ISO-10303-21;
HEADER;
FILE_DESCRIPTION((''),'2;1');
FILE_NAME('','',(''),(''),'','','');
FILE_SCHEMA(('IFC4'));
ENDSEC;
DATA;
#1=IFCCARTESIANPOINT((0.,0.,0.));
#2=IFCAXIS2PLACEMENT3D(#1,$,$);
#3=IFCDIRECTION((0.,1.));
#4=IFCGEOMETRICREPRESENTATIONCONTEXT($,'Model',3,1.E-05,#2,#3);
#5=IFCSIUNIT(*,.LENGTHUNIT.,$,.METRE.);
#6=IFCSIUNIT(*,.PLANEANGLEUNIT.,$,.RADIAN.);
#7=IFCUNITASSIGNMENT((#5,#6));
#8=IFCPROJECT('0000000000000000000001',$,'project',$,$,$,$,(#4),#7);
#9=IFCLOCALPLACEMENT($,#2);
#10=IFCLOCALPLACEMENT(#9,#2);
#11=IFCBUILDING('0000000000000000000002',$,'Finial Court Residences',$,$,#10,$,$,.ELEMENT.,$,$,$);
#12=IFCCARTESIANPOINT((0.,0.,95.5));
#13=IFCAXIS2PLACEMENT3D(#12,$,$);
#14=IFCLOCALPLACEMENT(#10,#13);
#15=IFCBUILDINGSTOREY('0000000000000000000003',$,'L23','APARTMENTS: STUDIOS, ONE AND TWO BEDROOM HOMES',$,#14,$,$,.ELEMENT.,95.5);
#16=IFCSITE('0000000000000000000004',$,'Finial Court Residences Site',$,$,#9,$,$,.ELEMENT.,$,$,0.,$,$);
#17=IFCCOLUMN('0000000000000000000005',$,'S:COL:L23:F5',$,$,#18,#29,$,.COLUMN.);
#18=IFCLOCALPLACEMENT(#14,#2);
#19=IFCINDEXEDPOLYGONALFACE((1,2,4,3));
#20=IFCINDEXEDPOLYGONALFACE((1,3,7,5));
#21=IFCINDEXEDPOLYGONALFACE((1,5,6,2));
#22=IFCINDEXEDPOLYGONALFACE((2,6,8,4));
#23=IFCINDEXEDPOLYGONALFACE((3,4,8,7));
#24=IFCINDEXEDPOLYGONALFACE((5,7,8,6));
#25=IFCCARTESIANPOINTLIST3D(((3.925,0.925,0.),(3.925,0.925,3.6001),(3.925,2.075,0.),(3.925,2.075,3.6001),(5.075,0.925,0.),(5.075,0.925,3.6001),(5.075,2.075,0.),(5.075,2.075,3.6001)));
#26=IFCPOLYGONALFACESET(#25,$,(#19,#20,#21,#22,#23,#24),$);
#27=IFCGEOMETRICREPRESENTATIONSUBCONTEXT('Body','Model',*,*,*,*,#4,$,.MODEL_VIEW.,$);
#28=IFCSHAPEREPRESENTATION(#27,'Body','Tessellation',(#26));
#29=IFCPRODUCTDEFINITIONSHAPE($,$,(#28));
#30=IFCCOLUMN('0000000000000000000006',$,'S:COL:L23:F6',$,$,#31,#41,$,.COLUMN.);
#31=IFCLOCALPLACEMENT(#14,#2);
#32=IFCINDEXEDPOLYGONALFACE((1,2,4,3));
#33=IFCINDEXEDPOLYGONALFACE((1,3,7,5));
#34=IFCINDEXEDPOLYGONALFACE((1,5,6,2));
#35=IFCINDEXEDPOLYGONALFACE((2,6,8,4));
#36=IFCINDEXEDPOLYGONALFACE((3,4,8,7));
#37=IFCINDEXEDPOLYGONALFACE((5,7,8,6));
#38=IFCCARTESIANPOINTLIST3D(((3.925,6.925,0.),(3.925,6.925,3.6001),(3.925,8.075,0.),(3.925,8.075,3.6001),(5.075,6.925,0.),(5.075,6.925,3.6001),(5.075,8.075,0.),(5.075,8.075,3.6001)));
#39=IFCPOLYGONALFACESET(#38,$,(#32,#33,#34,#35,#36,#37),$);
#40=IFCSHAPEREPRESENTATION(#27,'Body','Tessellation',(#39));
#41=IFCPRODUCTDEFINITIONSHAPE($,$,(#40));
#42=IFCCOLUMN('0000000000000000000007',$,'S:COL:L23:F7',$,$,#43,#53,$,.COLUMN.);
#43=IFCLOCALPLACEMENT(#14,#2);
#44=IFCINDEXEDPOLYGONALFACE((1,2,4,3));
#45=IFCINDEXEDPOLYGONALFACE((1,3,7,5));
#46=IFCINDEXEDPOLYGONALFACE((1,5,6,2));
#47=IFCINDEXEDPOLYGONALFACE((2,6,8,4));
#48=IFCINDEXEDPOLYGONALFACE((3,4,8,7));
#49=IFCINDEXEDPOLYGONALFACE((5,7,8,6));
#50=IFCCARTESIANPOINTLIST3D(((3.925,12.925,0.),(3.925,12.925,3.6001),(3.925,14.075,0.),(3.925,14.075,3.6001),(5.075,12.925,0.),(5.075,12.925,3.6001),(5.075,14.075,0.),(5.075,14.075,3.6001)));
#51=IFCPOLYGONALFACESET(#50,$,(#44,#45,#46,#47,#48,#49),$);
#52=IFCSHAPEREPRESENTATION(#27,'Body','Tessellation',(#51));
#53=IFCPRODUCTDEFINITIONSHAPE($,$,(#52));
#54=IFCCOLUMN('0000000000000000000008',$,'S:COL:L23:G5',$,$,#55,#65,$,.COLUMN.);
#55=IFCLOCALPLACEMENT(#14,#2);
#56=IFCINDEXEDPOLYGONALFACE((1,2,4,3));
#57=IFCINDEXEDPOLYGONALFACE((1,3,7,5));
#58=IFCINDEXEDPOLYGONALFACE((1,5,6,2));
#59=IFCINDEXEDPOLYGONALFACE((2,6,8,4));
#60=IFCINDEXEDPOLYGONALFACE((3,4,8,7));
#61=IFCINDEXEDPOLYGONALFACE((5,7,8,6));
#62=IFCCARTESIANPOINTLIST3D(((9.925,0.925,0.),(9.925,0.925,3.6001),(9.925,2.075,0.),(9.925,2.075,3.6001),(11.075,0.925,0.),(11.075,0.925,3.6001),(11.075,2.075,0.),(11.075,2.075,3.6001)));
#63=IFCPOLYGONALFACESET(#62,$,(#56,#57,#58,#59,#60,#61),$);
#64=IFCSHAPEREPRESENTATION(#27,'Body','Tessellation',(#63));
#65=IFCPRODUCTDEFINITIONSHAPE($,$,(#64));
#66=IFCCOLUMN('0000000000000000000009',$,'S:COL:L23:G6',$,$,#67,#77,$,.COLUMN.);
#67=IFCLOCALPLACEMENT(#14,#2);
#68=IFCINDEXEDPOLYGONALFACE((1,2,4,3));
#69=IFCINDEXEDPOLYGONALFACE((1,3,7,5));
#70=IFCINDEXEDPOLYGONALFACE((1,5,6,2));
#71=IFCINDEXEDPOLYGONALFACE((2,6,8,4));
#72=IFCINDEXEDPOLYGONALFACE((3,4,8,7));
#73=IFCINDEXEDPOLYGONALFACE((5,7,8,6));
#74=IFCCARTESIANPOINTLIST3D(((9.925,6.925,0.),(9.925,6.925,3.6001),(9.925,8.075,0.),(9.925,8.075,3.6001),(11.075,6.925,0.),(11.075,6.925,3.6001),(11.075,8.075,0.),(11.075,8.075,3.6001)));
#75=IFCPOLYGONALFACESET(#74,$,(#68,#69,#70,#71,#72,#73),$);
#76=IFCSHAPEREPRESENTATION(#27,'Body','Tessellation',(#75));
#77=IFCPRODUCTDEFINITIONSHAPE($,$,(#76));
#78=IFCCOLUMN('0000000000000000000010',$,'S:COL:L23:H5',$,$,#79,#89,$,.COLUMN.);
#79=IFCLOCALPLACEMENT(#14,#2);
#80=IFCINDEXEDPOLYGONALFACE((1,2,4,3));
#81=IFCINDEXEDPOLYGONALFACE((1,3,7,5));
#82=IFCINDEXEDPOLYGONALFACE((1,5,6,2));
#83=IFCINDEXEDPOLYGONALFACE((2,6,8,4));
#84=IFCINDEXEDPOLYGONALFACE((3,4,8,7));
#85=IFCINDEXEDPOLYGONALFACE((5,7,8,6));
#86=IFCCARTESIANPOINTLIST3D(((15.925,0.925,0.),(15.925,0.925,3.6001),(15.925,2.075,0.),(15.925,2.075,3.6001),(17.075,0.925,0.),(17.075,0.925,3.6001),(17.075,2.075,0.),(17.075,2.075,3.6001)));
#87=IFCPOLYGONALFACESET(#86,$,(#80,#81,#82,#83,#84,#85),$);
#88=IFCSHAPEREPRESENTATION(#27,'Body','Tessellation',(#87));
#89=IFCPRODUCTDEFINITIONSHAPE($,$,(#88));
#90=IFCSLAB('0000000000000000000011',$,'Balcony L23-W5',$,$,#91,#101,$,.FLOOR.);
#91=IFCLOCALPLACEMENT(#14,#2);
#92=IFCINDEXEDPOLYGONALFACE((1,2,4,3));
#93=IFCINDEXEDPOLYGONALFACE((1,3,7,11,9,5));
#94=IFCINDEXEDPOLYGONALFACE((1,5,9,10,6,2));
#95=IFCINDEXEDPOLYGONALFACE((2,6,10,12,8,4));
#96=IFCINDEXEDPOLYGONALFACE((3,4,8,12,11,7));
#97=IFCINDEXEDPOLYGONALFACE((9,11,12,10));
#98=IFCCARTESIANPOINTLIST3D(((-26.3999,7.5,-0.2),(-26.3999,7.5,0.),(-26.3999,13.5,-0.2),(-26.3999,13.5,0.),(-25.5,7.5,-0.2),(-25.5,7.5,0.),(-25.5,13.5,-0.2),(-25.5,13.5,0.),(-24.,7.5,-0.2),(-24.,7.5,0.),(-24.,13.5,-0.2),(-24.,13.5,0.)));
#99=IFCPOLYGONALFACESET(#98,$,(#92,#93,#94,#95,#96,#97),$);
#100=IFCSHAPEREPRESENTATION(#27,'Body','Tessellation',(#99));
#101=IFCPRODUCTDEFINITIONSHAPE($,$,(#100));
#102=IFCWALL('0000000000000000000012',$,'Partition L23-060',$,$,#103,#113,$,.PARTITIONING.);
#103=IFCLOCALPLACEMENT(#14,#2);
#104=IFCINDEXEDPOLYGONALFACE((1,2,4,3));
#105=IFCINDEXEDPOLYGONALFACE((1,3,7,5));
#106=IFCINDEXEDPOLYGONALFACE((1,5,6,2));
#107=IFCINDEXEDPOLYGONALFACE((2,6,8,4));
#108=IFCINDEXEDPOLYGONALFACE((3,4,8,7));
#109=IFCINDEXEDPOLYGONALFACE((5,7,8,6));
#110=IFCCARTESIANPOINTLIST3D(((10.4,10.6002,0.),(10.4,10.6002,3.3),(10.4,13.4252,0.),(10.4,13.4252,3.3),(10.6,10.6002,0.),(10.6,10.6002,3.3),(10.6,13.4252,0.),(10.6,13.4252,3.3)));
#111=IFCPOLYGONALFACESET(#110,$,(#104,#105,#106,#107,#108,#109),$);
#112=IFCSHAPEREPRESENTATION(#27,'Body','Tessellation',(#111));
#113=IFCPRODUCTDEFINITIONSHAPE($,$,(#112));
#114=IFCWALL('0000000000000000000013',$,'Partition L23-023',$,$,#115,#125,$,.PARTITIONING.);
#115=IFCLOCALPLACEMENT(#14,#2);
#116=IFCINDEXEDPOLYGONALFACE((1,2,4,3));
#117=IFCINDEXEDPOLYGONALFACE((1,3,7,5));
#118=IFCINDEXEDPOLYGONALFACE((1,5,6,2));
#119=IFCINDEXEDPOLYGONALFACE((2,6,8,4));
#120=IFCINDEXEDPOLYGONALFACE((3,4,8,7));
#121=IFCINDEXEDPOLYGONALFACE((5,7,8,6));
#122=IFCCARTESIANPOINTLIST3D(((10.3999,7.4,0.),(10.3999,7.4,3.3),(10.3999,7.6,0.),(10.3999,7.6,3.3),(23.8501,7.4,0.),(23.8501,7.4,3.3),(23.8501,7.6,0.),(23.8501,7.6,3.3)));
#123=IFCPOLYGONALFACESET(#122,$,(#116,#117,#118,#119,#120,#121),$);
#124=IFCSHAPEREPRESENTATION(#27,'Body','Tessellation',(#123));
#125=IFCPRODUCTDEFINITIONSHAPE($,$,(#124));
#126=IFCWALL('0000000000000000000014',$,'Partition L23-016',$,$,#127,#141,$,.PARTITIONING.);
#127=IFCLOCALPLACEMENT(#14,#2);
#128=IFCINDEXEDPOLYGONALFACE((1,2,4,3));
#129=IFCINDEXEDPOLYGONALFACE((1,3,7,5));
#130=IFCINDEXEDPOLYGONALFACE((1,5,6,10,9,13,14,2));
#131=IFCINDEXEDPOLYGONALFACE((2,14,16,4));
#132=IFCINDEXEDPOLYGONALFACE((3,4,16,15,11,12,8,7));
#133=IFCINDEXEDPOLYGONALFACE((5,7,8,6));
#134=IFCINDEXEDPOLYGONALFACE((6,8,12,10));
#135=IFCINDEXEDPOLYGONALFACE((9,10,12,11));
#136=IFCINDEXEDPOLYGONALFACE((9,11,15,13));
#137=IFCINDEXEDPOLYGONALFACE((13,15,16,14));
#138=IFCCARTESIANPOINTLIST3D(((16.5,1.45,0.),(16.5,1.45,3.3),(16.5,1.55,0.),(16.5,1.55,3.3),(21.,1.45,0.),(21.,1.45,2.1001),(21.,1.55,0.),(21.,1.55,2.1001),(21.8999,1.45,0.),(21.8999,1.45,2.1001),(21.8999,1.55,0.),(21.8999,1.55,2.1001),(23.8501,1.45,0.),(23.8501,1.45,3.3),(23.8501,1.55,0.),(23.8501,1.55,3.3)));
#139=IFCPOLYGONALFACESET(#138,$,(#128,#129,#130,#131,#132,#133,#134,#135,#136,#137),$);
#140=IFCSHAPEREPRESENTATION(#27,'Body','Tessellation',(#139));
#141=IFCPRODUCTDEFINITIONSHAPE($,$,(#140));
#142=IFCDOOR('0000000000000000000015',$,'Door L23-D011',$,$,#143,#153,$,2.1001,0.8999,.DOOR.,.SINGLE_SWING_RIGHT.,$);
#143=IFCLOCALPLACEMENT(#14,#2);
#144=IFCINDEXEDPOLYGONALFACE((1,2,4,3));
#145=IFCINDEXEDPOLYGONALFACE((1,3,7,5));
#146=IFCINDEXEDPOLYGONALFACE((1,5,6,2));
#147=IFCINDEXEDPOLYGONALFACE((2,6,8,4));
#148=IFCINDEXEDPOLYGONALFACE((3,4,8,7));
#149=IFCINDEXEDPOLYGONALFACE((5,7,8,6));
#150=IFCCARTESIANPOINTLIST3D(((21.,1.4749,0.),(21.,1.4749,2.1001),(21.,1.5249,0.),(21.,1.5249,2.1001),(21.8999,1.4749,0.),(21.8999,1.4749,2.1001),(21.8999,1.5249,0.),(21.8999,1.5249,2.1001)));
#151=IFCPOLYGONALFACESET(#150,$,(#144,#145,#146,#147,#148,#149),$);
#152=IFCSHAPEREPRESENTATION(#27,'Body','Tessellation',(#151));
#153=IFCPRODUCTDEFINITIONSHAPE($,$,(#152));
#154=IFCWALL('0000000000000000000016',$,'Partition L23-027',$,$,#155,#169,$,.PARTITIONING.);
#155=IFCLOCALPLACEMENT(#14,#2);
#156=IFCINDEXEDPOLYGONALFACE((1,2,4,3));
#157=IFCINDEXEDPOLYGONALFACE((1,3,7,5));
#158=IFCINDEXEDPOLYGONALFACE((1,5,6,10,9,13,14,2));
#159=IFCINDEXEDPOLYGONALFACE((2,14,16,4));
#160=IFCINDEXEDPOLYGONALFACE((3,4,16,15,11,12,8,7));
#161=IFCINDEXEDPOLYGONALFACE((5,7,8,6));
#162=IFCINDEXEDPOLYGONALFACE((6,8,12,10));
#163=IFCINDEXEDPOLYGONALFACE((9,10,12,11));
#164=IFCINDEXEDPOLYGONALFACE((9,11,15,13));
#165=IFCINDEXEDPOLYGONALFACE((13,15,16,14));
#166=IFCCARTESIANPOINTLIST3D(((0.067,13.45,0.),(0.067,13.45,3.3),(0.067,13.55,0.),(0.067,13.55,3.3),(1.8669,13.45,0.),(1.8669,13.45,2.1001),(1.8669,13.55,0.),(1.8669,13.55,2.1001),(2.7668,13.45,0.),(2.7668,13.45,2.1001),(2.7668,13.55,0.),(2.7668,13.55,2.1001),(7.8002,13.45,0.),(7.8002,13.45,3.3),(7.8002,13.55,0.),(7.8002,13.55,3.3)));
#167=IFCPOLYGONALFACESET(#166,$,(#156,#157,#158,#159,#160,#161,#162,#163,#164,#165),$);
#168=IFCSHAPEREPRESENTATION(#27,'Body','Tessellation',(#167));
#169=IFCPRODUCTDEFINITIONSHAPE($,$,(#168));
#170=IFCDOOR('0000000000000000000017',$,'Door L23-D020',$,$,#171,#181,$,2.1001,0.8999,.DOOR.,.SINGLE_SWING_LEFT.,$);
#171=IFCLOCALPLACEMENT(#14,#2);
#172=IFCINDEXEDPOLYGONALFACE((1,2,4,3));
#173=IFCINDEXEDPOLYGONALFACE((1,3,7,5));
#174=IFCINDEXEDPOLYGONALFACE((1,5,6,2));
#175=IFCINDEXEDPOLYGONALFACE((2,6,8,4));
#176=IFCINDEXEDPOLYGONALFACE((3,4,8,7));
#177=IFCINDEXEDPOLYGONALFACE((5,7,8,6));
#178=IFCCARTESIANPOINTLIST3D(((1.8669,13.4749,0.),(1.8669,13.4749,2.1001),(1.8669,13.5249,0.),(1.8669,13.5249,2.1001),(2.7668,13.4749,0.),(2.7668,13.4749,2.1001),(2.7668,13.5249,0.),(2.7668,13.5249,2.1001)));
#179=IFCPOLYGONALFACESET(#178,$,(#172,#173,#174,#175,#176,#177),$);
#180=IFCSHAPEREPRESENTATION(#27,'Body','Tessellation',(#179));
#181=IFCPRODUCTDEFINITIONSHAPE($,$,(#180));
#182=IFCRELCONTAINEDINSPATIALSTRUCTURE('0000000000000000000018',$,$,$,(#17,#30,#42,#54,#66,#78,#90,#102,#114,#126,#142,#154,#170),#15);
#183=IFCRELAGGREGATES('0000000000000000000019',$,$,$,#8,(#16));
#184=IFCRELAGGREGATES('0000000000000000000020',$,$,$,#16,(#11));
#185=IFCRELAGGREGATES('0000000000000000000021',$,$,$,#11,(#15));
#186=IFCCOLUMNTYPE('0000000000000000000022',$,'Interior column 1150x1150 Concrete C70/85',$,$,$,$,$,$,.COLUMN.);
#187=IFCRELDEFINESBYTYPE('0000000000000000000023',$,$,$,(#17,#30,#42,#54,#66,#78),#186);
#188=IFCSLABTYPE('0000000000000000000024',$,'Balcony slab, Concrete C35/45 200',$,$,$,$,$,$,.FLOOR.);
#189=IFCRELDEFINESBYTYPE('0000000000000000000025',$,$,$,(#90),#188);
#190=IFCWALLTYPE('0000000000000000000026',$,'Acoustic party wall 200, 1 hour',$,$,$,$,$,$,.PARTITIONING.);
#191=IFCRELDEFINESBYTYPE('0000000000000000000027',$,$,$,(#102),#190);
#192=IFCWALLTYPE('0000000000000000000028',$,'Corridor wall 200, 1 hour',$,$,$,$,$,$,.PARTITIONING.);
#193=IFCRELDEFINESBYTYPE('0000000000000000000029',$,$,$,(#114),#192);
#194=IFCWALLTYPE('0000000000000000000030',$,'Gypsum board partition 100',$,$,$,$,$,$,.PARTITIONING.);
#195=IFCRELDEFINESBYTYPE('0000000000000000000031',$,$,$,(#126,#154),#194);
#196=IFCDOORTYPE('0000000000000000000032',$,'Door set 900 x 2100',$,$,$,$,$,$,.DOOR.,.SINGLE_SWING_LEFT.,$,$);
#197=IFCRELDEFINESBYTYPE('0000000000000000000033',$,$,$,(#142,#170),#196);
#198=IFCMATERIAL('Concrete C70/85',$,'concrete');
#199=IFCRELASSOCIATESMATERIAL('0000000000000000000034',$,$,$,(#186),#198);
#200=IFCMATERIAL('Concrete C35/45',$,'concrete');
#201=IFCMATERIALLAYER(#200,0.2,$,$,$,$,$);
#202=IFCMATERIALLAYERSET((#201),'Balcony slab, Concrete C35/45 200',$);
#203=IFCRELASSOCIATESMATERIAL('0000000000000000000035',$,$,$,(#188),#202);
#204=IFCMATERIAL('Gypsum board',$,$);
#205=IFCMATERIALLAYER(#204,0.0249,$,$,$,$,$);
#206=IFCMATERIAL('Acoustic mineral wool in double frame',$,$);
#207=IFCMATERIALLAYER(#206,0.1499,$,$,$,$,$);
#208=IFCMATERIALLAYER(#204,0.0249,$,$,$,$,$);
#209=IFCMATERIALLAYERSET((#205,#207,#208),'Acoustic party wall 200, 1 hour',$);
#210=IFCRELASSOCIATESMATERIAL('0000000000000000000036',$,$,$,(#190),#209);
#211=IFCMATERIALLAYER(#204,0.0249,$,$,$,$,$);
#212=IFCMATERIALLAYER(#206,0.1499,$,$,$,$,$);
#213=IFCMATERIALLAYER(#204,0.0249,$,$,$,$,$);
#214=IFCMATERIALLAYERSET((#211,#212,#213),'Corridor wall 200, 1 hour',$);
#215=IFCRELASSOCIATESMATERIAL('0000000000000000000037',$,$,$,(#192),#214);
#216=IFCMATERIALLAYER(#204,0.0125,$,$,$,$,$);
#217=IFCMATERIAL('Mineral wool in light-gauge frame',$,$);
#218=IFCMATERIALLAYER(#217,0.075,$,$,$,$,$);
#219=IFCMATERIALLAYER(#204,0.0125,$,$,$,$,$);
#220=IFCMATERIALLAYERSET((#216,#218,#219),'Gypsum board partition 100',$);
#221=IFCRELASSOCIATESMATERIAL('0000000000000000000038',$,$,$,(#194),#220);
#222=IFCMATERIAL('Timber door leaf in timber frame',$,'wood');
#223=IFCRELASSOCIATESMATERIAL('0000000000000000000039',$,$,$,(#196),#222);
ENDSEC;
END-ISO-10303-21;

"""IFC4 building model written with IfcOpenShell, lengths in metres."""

from ifc_helpers import new_model, si_unit, direction, frame, frame_2d, origin, origin_2d, place, context, subcontext, project, spatial, polyline, rectangle, outline, extrude, material, layer, layer_set, material_profile, profile_set, type_object, element, fill, save


model = new_model("IFC4")

# Units and contexts
model_context = context("Model", 3, precision=1e-05, world=origin(), true_north=direction((0.0, 1.0)))
body_context = subcontext(model_context, "Body", "Model", "MODEL_VIEW")
ifc_project = project(units=[si_unit("LENGTHUNIT", "METRE"), si_unit("PLANEANGLEUNIT", "RADIAN")], contexts=[model_context])

# Site, building, storey
site_placement = place(None, origin())
site = spatial("IfcSite", under=ifc_project, at=site_placement, Name="Finial Court Residences Site", CompositionType="ELEMENT", RefElevation=0.0)
building_placement = place(site_placement, origin())
building = spatial("IfcBuilding", under=site, at=building_placement, Name="Finial Court Residences", CompositionType="ELEMENT")
storey_placement = place(building_placement, frame((0.0, 0.0, 95.5)))
storey = spatial("IfcBuildingStorey", under=building, at=storey_placement, Name="L23", Description="APARTMENTS: STUDIOS, ONE AND TWO BEDROOM HOMES", CompositionType="ELEMENT", Elevation=95.5)

# Columns
ifc_material_1 = material(Name="Concrete C70/85", Category="concrete")
ifc_material_profile = material_profile(ifc_material_1, rectangle(XDim=1.1499, YDim=1.1499, at=origin_2d()), Name="1150x1150")
ifc_profile_set = profile_set([ifc_material_profile], Name="Concrete C70/85")
column_type = type_object("IfcColumnType", Name="Interior column 1150x1150 Concrete C70/85", PredefinedType="COLUMN", material=ifc_profile_set)
for number, where, z_axis, x_axis, name in (
    (1, (4.5, 1.5, 0.0), (0.0, 0.0, 1.0), (1.0, 0.0, 0.0), "S:COL:L23:F5"),
    (2, (4.5, 7.5, 0.0), (0.0, 0.0, 1.0), (1.0, 0.0, 0.0), "S:COL:L23:F6"),
    (3, (4.5, 13.5, 0.0), (0.0, 0.0, 1.0), (1.0, 0.0, 0.0), "S:COL:L23:F7"),
    (4, (10.5, 1.5, 0.0), (0.0, 0.0, 1.0), (1.0, 0.0, 0.0), "S:COL:L23:G5"),
    (5, (10.5, 7.5, 0.0), (0.0, 0.0, 1.0), (1.0, 0.0, 0.0), "S:COL:L23:G6"),
    (6, (16.5, 1.5, 0.0), (0.0, 0.0, 1.0), (1.0, 0.0, 0.0), "S:COL:L23:H5"),
):
    element("IfcColumn", number, at=place(storey_placement, frame(where, z_axis=z_axis, x_axis=x_axis)), inside=storey, type_object=column_type, Name=name, PredefinedType="COLUMN", context=body_context, shape_type="SweptSolid", body=[
        extrude(rectangle(XDim=1.1499, YDim=1.1499, at=origin_2d()), origin(), (0.0, 0.0, 1.0), 3.6001),
    ])

# Slab
ifc_material_2 = material(Name="Concrete C35/45", Category="concrete")
ifc_layer_1 = layer(ifc_material_2, 0.2)
ifc_layer_set_1 = layer_set([ifc_layer_1], Name="Balcony slab, Concrete C35/45 200")
slab_type = type_object("IfcSlabType", Name="Balcony slab, Concrete C35/45 200", PredefinedType="FLOOR", material=ifc_layer_set_1)
slab_placement = place(storey_placement, frame((0.0, 0.0, -0.2)))
element("IfcSlab", 7, at=slab_placement, inside=storey, type_object=slab_type, Name="Balcony L23-W5", PredefinedType="FLOOR", context=body_context, shape_type="SweptSolid", body=[
    extrude(outline(polyline([(-26.3999, 13.5), (-25.5, 13.5), (-24.0, 13.5), (-24.0, 7.5), (-25.5, 7.5), (-26.3999, 7.5), (-26.3999, 13.5)])), origin(), (0.0, 0.0, 1.0), 0.2),
])

# Walls
ifc_material_3 = material(Name="Gypsum board")
ifc_layer_2 = layer(ifc_material_3, 0.0249)
ifc_material_4 = material(Name="Acoustic mineral wool in double frame")
ifc_layer_3 = layer(ifc_material_4, 0.1499)
ifc_layer_4 = layer(ifc_material_3, 0.0249)
ifc_layer_set_2 = layer_set([ifc_layer_2, ifc_layer_3, ifc_layer_4], Name="Acoustic party wall 200, 1 hour")
wall_type_1 = type_object("IfcWallType", Name="Acoustic party wall 200, 1 hour", PredefinedType="PARTITIONING", material=ifc_layer_set_2)
wall_1_placement = place(storey_placement, frame((10.5, 10.6001, 0.0), z_axis=(0.0, 0.0, 1.0), x_axis=(0.0, 1.0, 0.0)))
element("IfcWall", 8, at=wall_1_placement, inside=storey, type_object=wall_type_1, Name="Partition L23-060", PredefinedType="PARTITIONING", context=body_context, shape_type="SweptSolid", body=[
    extrude(rectangle(XDim=2.825, YDim=0.2, at=frame_2d((1.4126, 0.0))), origin(), (0.0, 0.0, 1.0), 3.3),
])
ifc_layer_5 = layer(ifc_material_3, 0.0249)
ifc_layer_6 = layer(ifc_material_4, 0.1499)
ifc_layer_7 = layer(ifc_material_3, 0.0249)
ifc_layer_set_3 = layer_set([ifc_layer_5, ifc_layer_6, ifc_layer_7], Name="Corridor wall 200, 1 hour")
wall_type_2 = type_object("IfcWallType", Name="Corridor wall 200, 1 hour", PredefinedType="PARTITIONING", material=ifc_layer_set_3)
wall_2_placement = place(storey_placement, frame((10.3999, 7.5, 0.0), z_axis=(0.0, 0.0, 1.0), x_axis=(1.0, 0.0, 0.0)))
element("IfcWall", 9, at=wall_2_placement, inside=storey, type_object=wall_type_2, Name="Partition L23-023", PredefinedType="PARTITIONING", context=body_context, shape_type="SweptSolid", body=[
    extrude(rectangle(XDim=13.4502, YDim=0.2, at=frame_2d((6.7251, 0.0))), origin(), (0.0, 0.0, 1.0), 3.3),
])

# Walls, openings, doors
ifc_layer_8 = layer(ifc_material_3, 0.0125)
ifc_material_5 = material(Name="Mineral wool in light-gauge frame")
ifc_layer_9 = layer(ifc_material_5, 0.075)
ifc_layer_10 = layer(ifc_material_3, 0.0125)
ifc_layer_set_4 = layer_set([ifc_layer_8, ifc_layer_9, ifc_layer_10], Name="Gypsum board partition 100")
wall_type_3 = type_object("IfcWallType", Name="Gypsum board partition 100", PredefinedType="PARTITIONING", material=ifc_layer_set_4)
wall_3_placement = place(storey_placement, frame((16.5, 1.5, 0.0), z_axis=(0.0, 0.0, 1.0), x_axis=(1.0, 0.0, 0.0)))
wall_3 = element("IfcWall", 10, at=wall_3_placement, inside=storey, type_object=wall_type_3, Name="Partition L23-016", PredefinedType="PARTITIONING", context=body_context, shape_type="SweptSolid", body=[
    extrude(rectangle(XDim=7.3501, YDim=0.1001, at=frame_2d((3.675, 0.0))), origin(), (0.0, 0.0, 1.0), 3.3),
])
opening_1_placement = place(wall_3_placement, frame((4.5, 0.0, 0.0)))
opening_1 = element("IfcOpeningElement", 11, at=opening_1_placement, cuts=wall_3, PredefinedType="OPENING", context=body_context, shape_type="SweptSolid", body=[
    extrude(rectangle(XDim=0.8999, YDim=2.1001, at=frame_2d((0.45, 1.05))), frame((0.0, 0.0601, 0.0), z_axis=(0.0, -1.0, 0.0), x_axis=(1.0, 0.0, 0.0)), (0.0, 0.0, 1.0), 0.1201),
])
ifc_material_6 = material(Name="Timber door leaf in timber frame", Category="wood")
door_type = type_object("IfcDoorType", Name="Door set 900 x 2100", OperationType="SINGLE_SWING_LEFT", PredefinedType="DOOR", material=ifc_material_6)
door_1_placement = place(opening_1_placement, origin())
door_1 = element("IfcDoor", 12, at=door_1_placement, inside=storey, type_object=door_type, Name="Door L23-D011", OperationType="SINGLE_SWING_RIGHT", OverallHeight=2.1001, OverallWidth=0.8999, PredefinedType="DOOR", context=body_context, shape_type="SweptSolid", body=[
    extrude(rectangle(XDim=0.8999, YDim=2.1001, at=frame_2d((0.45, 1.05))), frame((0.0, 0.0249, 0.0), z_axis=(0.0, -1.0, 0.0), x_axis=(1.0, 0.0, 0.0)), (0.0, 0.0, 1.0), 0.05),
])
fill(opening_1, door_1)
wall_4_placement = place(storey_placement, frame((0.0669, 13.5, 0.0), z_axis=(0.0, 0.0, 1.0), x_axis=(1.0, 0.0, 0.0)))
wall_4 = element("IfcWall", 13, at=wall_4_placement, inside=storey, type_object=wall_type_3, Name="Partition L23-027", PredefinedType="PARTITIONING", context=body_context, shape_type="SweptSolid", body=[
    extrude(rectangle(XDim=7.7332, YDim=0.1001, at=frame_2d((3.8667, 0.0))), origin(), (0.0, 0.0, 1.0), 3.3),
])
opening_2_placement = place(wall_4_placement, frame((1.8, 0.0, 0.0)))
opening_2 = element("IfcOpeningElement", 14, at=opening_2_placement, cuts=wall_4, PredefinedType="OPENING", context=body_context, shape_type="SweptSolid", body=[
    extrude(rectangle(XDim=0.8999, YDim=2.1001, at=frame_2d((0.45, 1.05))), frame((0.0, 0.0601, 0.0), z_axis=(0.0, -1.0, 0.0), x_axis=(1.0, 0.0, 0.0)), (0.0, 0.0, 1.0), 0.1201),
])
door_2_placement = place(opening_2_placement, origin())
door_2 = element("IfcDoor", 15, at=door_2_placement, inside=storey, type_object=door_type, Name="Door L23-D020", OperationType="SINGLE_SWING_LEFT", OverallHeight=2.1001, OverallWidth=0.8999, PredefinedType="DOOR", context=body_context, shape_type="SweptSolid", body=[
    extrude(rectangle(XDim=0.8999, YDim=2.1001, at=frame_2d((0.45, 1.05))), frame((0.0, 0.0249, 0.0), z_axis=(0.0, -1.0, 0.0), x_axis=(1.0, 0.0, 0.0)), (0.0, 0.0, 1.0), 0.05),
])
fill(opening_2, door_2)

save(model, "model.ifc")
